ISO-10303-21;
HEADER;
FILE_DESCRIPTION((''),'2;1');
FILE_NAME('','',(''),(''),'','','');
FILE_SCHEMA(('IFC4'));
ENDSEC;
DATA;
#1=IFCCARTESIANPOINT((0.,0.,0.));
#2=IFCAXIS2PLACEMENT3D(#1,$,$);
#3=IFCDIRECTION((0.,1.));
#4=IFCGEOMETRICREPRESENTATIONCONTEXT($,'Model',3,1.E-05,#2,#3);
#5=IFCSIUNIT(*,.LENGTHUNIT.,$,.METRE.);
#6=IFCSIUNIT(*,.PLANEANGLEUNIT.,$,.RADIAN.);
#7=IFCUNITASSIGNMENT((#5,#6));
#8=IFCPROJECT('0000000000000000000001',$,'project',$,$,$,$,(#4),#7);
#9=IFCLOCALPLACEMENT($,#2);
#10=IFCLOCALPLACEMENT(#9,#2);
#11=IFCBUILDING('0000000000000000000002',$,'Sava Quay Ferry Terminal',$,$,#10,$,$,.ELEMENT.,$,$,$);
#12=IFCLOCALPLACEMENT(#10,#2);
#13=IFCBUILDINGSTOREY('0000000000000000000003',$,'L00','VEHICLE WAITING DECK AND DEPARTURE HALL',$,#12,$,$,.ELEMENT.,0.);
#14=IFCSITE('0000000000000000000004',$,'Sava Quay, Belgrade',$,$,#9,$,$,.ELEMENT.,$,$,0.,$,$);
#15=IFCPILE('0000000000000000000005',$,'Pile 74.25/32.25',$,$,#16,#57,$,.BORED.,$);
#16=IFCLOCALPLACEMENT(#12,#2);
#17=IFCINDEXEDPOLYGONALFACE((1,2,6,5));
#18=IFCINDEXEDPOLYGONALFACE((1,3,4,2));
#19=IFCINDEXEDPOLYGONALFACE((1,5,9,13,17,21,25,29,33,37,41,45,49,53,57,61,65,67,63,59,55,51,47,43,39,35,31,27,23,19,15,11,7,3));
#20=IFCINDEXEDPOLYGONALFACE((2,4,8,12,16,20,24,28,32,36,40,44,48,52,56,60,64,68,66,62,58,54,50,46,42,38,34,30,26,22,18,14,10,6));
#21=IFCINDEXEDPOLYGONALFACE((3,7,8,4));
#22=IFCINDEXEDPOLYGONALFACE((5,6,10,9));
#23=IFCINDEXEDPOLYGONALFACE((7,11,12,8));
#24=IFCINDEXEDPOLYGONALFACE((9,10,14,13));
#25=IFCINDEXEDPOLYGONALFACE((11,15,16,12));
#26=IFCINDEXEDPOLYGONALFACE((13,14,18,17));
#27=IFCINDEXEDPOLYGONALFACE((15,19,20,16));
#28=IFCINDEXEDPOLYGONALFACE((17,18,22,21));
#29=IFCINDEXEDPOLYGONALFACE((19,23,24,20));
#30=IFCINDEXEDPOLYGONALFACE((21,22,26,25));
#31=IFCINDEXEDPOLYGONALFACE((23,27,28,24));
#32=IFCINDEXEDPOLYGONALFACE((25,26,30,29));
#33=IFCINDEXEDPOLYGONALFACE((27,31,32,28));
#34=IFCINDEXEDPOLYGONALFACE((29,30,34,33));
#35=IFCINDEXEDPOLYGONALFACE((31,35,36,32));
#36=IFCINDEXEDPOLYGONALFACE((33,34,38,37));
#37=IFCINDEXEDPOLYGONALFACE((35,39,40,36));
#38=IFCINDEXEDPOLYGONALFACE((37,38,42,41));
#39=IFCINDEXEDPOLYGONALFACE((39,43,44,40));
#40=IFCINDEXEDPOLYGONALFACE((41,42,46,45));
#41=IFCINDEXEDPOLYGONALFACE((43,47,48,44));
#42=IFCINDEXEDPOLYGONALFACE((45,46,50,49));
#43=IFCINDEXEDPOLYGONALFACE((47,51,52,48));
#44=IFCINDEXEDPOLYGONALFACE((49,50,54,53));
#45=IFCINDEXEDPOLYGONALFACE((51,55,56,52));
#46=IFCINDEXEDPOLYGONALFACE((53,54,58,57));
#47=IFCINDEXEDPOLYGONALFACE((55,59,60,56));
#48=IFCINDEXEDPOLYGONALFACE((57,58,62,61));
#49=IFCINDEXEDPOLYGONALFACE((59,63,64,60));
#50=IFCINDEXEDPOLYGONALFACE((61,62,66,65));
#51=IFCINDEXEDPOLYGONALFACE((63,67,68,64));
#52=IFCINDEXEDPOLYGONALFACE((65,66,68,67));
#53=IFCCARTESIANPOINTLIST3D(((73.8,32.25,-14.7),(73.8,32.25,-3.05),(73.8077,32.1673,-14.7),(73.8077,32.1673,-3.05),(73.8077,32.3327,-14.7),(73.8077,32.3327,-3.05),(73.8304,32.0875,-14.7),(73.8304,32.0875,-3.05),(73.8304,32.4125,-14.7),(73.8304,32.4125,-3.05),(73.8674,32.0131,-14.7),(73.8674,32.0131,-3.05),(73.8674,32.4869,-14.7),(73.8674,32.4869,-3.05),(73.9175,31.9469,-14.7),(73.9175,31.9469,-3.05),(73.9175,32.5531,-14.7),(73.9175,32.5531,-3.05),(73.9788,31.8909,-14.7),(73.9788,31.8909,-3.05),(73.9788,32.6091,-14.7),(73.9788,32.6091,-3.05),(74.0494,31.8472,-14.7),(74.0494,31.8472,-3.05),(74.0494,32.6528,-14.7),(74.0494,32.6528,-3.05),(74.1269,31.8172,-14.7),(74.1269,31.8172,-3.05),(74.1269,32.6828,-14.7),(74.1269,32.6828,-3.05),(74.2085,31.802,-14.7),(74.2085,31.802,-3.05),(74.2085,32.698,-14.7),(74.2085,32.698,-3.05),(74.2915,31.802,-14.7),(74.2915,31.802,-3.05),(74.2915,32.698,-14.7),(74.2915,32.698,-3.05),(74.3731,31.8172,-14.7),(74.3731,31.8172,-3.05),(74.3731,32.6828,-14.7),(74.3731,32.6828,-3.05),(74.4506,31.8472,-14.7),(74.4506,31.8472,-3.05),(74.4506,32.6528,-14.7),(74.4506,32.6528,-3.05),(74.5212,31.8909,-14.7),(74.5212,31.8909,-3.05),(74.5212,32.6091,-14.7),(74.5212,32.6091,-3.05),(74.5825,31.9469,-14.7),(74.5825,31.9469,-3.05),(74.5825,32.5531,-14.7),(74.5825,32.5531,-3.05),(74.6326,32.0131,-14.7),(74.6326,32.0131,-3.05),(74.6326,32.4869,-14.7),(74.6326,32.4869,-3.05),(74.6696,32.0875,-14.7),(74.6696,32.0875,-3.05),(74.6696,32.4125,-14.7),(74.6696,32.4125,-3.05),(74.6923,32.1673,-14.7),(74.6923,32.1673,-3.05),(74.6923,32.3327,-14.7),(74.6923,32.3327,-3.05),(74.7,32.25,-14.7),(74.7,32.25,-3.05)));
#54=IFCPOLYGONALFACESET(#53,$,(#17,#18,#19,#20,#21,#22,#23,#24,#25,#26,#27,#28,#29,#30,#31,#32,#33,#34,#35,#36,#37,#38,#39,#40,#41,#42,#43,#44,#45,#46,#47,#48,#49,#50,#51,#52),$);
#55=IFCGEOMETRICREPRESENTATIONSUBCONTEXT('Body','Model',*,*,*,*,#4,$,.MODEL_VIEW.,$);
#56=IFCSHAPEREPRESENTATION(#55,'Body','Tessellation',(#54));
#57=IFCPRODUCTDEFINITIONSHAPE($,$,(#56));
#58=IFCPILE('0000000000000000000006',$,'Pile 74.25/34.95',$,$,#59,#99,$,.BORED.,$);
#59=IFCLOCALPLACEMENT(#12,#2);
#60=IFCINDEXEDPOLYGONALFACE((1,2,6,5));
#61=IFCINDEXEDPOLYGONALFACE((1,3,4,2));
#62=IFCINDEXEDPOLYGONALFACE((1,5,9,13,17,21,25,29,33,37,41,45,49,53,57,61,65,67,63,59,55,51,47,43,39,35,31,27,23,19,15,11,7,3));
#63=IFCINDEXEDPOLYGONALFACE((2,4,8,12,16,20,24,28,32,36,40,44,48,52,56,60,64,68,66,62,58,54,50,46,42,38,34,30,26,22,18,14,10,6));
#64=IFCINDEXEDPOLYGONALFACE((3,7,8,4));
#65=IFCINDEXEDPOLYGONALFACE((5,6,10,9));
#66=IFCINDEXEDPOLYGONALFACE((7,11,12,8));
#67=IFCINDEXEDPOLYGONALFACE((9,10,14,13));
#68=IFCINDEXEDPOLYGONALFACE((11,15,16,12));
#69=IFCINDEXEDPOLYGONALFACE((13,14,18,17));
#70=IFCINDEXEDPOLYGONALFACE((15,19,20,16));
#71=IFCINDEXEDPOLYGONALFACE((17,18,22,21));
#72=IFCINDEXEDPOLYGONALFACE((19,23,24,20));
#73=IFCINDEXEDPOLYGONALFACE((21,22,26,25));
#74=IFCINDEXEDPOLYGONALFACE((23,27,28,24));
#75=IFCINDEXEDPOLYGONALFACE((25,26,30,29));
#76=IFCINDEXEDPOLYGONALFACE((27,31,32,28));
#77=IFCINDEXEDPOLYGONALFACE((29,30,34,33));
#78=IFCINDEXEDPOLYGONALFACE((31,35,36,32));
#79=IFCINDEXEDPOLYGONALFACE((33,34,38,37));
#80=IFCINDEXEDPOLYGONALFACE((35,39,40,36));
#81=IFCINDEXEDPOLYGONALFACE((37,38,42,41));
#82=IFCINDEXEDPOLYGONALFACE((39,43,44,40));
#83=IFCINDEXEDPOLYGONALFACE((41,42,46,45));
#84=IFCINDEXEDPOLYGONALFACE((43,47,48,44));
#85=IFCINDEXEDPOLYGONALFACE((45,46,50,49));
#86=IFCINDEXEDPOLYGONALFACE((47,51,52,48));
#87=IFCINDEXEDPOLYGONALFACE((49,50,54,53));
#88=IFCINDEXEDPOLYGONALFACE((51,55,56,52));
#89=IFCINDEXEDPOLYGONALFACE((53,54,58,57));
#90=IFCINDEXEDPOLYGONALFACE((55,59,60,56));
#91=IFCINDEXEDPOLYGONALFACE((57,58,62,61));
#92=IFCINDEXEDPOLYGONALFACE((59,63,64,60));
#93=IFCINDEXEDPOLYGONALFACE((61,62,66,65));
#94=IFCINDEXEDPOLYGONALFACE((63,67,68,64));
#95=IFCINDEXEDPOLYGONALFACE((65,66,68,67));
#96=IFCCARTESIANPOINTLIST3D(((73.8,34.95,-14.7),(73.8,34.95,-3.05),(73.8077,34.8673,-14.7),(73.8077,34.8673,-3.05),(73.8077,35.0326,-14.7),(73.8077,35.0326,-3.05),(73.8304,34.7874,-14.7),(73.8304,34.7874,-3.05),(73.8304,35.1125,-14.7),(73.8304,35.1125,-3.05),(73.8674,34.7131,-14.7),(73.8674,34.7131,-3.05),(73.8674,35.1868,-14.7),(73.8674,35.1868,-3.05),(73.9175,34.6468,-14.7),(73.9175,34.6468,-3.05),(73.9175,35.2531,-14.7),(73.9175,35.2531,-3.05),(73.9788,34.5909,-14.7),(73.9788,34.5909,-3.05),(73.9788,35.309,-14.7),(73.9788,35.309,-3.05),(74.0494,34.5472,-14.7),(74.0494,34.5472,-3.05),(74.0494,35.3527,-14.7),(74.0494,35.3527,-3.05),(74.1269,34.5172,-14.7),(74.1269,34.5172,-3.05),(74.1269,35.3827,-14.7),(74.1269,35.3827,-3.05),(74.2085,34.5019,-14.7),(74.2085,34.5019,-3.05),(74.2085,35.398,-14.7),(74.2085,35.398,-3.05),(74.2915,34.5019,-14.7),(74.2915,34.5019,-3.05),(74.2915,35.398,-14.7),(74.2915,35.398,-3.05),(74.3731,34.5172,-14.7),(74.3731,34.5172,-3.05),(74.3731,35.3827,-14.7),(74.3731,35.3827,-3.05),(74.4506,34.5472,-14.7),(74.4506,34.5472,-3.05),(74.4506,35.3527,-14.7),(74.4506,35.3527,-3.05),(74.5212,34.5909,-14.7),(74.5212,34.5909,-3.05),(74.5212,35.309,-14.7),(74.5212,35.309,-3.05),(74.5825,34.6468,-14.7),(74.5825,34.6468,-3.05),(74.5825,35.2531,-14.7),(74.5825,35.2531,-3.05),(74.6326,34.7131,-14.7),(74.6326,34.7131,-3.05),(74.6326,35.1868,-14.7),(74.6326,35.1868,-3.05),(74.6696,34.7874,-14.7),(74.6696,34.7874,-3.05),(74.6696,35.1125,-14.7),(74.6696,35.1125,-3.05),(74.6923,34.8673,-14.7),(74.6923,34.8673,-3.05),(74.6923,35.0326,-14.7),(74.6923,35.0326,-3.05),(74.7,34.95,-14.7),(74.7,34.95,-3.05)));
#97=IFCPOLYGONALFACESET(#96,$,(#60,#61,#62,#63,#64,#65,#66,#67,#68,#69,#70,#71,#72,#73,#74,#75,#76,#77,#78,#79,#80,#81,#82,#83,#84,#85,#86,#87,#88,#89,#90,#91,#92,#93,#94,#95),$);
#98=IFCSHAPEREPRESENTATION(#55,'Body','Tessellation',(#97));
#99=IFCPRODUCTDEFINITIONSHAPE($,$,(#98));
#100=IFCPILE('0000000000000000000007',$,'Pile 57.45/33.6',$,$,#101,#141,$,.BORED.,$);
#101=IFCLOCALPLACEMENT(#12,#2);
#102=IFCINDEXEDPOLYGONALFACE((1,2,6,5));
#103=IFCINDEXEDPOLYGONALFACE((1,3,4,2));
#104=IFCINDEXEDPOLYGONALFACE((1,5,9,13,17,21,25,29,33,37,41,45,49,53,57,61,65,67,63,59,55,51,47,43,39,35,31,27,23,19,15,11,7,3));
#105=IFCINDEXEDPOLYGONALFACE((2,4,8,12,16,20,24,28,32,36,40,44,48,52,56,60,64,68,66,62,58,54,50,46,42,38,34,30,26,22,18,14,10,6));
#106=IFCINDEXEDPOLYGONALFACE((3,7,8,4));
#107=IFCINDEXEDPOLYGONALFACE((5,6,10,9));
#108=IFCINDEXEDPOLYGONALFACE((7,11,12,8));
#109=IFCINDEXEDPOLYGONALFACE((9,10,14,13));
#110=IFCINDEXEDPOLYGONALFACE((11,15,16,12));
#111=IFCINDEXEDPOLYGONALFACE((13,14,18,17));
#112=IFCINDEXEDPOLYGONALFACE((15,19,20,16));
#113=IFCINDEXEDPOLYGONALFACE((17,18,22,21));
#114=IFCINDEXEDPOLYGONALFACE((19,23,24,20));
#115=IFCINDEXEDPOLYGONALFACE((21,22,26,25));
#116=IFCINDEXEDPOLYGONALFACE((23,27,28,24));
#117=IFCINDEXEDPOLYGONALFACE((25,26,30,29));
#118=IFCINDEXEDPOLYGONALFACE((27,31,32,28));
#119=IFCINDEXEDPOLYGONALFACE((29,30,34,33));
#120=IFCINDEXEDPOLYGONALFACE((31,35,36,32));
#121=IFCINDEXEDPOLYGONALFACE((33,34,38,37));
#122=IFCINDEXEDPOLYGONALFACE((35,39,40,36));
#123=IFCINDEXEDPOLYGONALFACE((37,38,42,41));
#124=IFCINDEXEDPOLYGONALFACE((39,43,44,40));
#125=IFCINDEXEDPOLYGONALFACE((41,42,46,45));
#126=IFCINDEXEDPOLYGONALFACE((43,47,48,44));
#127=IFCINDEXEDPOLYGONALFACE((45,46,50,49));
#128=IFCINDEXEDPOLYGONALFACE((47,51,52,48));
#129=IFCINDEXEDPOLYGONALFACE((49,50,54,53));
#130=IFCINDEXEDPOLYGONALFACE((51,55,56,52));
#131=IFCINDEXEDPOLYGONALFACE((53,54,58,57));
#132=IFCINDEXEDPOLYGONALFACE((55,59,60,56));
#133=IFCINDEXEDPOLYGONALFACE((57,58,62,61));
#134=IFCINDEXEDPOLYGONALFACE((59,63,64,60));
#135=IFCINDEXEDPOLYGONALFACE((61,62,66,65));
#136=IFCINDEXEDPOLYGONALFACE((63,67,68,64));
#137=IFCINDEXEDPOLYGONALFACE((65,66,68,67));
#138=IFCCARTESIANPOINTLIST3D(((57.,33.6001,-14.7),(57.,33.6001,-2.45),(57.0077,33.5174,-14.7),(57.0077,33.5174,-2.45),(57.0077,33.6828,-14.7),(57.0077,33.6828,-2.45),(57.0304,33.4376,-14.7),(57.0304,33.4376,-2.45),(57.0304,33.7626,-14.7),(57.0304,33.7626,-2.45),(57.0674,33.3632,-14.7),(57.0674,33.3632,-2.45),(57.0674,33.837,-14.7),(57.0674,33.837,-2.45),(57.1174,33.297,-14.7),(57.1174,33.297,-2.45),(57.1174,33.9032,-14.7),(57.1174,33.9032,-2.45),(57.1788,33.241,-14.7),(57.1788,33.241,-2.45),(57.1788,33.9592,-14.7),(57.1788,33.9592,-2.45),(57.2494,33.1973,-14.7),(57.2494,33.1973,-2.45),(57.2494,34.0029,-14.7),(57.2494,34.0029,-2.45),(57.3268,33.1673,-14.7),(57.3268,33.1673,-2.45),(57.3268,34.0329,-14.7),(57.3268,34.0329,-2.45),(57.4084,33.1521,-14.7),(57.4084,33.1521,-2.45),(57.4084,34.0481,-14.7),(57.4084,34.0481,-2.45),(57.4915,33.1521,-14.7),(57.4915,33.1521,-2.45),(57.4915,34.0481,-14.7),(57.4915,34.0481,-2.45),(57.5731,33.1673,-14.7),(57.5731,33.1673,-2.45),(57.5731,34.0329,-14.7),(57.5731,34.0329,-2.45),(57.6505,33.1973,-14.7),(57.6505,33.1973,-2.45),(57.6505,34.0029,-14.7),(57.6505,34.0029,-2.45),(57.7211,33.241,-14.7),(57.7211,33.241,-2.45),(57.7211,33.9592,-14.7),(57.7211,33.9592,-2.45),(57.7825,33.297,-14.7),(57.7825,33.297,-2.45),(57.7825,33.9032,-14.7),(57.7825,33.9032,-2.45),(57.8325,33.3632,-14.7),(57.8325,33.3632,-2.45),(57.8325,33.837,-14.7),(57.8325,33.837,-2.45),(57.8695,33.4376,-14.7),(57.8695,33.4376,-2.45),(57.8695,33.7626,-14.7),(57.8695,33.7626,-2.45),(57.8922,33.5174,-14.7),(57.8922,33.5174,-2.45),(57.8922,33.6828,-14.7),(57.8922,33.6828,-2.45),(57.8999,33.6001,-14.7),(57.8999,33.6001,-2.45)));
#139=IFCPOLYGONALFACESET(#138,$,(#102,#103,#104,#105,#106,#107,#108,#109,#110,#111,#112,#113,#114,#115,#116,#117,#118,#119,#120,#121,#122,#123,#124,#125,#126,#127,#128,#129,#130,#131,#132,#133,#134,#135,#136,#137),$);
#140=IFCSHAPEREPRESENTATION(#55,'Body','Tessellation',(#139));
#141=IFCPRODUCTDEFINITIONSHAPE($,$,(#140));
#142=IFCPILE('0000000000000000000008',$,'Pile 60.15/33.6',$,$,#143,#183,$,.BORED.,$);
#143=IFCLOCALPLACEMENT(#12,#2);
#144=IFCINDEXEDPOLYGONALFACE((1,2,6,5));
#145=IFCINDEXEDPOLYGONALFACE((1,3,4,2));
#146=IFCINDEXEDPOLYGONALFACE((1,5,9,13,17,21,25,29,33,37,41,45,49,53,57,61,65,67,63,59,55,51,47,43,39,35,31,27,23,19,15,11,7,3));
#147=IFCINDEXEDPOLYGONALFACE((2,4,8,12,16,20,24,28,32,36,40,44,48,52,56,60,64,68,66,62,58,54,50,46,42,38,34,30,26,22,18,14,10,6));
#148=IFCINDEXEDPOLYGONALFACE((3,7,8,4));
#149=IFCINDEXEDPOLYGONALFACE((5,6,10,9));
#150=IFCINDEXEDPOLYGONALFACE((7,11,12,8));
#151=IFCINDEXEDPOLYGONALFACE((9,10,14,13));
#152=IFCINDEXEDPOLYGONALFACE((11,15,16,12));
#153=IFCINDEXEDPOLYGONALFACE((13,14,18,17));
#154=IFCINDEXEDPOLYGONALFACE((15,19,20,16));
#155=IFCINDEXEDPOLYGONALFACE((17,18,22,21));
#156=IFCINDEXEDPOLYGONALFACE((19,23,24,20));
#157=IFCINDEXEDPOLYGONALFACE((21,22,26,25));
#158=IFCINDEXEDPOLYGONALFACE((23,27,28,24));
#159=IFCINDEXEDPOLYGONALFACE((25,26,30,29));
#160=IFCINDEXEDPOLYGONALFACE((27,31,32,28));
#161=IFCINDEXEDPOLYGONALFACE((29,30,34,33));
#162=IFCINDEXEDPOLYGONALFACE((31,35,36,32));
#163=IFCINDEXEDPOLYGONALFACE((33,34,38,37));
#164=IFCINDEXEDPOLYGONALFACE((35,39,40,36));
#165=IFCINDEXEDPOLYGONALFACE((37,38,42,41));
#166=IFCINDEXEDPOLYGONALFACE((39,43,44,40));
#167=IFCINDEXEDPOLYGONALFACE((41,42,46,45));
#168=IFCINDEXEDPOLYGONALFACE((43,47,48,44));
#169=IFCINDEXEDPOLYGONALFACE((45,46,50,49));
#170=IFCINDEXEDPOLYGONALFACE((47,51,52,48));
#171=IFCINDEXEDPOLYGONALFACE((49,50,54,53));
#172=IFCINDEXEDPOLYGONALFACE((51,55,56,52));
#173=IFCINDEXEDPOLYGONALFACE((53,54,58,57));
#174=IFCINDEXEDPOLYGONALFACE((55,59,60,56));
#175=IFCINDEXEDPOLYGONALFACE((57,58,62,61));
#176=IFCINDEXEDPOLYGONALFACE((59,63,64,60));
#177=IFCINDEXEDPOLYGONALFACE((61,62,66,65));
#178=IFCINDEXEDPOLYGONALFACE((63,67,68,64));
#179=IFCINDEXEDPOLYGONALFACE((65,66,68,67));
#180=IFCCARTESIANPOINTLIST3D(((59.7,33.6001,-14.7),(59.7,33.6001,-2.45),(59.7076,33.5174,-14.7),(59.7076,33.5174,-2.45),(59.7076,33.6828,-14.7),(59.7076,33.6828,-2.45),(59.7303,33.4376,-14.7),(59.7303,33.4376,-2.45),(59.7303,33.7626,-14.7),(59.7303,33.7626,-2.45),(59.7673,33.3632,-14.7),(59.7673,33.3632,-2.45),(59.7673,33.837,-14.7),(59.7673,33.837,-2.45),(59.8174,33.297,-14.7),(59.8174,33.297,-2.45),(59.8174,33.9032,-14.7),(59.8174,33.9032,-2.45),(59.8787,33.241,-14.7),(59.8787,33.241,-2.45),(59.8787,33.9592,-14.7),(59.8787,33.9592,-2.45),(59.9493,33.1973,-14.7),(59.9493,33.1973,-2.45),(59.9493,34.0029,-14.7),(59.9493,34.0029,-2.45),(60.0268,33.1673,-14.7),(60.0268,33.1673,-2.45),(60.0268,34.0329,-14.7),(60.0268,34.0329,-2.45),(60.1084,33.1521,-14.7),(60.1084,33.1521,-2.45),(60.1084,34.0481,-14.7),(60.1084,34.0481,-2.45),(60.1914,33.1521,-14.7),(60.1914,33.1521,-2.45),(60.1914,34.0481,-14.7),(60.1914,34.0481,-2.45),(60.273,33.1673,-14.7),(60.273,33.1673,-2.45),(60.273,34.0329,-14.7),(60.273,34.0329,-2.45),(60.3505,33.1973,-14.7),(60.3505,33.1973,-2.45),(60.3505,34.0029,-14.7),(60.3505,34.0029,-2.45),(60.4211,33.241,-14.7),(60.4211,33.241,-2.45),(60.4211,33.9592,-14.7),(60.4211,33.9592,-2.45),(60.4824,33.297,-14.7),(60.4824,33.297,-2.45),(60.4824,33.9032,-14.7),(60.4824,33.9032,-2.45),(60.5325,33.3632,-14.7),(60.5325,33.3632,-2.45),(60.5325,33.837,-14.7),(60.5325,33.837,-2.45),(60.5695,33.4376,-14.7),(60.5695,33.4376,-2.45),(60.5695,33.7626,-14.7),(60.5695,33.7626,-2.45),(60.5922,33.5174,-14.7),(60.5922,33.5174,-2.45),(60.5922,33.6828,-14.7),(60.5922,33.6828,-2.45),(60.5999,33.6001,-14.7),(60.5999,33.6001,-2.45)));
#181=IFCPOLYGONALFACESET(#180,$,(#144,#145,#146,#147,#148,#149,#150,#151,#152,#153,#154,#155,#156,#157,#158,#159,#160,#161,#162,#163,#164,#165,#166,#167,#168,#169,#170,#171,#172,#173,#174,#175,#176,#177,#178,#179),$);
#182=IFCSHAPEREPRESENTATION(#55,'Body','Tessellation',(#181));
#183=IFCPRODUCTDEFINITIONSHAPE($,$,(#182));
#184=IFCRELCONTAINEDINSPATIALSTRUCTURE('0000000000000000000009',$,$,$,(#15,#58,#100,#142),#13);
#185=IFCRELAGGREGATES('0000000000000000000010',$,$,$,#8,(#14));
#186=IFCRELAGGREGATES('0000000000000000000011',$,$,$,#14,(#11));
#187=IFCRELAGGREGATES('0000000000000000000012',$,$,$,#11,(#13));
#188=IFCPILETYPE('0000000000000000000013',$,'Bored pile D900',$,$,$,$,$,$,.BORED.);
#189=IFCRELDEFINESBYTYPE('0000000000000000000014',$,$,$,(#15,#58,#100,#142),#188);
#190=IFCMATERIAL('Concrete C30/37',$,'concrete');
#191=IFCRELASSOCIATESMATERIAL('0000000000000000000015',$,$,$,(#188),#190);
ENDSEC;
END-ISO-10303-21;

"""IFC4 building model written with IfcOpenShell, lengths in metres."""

from ifc_helpers import new_model, si_unit, direction, frame, origin, origin_2d, place, context, subcontext, project, spatial, circle, extrude, material, material_profile, profile_set, type_object, element, save


model = new_model("IFC4")

# Units and contexts
model_context = context("Model", 3, precision=1e-05, world=origin(), true_north=direction((0.0, 1.0)))
body_context = subcontext(model_context, "Body", "Model", "MODEL_VIEW")
ifc_project = project(units=[si_unit("LENGTHUNIT", "METRE"), si_unit("PLANEANGLEUNIT", "RADIAN")], contexts=[model_context])

# Site, building, storey
site_placement = place(None, origin())
site = spatial("IfcSite", under=ifc_project, at=site_placement, Name="Sava Quay, Belgrade", CompositionType="ELEMENT", RefElevation=0.0)
building_placement = place(site_placement, origin())
building = spatial("IfcBuilding", under=site, at=building_placement, Name="Sava Quay Ferry Terminal", CompositionType="ELEMENT")
storey_placement = place(building_placement, origin())
storey = spatial("IfcBuildingStorey", under=building, at=storey_placement, Name="L00", Description="VEHICLE WAITING DECK AND DEPARTURE HALL", CompositionType="ELEMENT", Elevation=0.0)

# Piles
ifc_material_1 = material(Name="Concrete C30/37", Category="concrete")
ifc_material_profile_1 = material_profile(ifc_material_1, circle(Radius=0.45, at=origin_2d()), Name="Bored pile D900")
ifc_profile_set_1 = profile_set([ifc_material_profile_1], Name="Concrete C30/37")
pile_type = type_object("IfcPileType", Name="Bored pile D900", PredefinedType="BORED", material=ifc_profile_set_1)
for number, where, z_axis, x_axis, name in (
    (1, (74.25, 32.25, -3.05), (0.0, 0.0, -1.0), (1.0, 0.0, 0.0), "Pile 74.25/32.25"),
    (2, (74.25, 34.95, -3.05), (0.0, 0.0, -1.0), (1.0, 0.0, 0.0), "Pile 74.25/34.95"),
):
    element("IfcPile", number, at=place(storey_placement, frame(where, z_axis=z_axis, x_axis=x_axis)), inside=storey, type_object=pile_type, Name=name, PredefinedType="BORED", context=body_context, shape_type="SweptSolid", body=[
        extrude(circle(Radius=0.45, at=origin_2d()), origin(), (0.0, 0.0, 1.0), 11.6499),
    ])
for number, where, z_axis, x_axis, name in (
    (3, (57.45, 33.6001, -2.45), (0.0, 0.0, -1.0), (1.0, 0.0, 0.0), "Pile 57.45/33.6"),
    (4, (60.1499, 33.6001, -2.45), (0.0, 0.0, -1.0), (1.0, 0.0, 0.0), "Pile 60.15/33.6"),
):
    element("IfcPile", number, at=place(storey_placement, frame(where, z_axis=z_axis, x_axis=x_axis)), inside=storey, type_object=pile_type, Name=name, PredefinedType="BORED", context=body_context, shape_type="SweptSolid", body=[
        extrude(circle(Radius=0.45, at=origin_2d()), origin(), (0.0, 0.0, 1.0), 12.25),
    ])

save(model, "model.ifc")
